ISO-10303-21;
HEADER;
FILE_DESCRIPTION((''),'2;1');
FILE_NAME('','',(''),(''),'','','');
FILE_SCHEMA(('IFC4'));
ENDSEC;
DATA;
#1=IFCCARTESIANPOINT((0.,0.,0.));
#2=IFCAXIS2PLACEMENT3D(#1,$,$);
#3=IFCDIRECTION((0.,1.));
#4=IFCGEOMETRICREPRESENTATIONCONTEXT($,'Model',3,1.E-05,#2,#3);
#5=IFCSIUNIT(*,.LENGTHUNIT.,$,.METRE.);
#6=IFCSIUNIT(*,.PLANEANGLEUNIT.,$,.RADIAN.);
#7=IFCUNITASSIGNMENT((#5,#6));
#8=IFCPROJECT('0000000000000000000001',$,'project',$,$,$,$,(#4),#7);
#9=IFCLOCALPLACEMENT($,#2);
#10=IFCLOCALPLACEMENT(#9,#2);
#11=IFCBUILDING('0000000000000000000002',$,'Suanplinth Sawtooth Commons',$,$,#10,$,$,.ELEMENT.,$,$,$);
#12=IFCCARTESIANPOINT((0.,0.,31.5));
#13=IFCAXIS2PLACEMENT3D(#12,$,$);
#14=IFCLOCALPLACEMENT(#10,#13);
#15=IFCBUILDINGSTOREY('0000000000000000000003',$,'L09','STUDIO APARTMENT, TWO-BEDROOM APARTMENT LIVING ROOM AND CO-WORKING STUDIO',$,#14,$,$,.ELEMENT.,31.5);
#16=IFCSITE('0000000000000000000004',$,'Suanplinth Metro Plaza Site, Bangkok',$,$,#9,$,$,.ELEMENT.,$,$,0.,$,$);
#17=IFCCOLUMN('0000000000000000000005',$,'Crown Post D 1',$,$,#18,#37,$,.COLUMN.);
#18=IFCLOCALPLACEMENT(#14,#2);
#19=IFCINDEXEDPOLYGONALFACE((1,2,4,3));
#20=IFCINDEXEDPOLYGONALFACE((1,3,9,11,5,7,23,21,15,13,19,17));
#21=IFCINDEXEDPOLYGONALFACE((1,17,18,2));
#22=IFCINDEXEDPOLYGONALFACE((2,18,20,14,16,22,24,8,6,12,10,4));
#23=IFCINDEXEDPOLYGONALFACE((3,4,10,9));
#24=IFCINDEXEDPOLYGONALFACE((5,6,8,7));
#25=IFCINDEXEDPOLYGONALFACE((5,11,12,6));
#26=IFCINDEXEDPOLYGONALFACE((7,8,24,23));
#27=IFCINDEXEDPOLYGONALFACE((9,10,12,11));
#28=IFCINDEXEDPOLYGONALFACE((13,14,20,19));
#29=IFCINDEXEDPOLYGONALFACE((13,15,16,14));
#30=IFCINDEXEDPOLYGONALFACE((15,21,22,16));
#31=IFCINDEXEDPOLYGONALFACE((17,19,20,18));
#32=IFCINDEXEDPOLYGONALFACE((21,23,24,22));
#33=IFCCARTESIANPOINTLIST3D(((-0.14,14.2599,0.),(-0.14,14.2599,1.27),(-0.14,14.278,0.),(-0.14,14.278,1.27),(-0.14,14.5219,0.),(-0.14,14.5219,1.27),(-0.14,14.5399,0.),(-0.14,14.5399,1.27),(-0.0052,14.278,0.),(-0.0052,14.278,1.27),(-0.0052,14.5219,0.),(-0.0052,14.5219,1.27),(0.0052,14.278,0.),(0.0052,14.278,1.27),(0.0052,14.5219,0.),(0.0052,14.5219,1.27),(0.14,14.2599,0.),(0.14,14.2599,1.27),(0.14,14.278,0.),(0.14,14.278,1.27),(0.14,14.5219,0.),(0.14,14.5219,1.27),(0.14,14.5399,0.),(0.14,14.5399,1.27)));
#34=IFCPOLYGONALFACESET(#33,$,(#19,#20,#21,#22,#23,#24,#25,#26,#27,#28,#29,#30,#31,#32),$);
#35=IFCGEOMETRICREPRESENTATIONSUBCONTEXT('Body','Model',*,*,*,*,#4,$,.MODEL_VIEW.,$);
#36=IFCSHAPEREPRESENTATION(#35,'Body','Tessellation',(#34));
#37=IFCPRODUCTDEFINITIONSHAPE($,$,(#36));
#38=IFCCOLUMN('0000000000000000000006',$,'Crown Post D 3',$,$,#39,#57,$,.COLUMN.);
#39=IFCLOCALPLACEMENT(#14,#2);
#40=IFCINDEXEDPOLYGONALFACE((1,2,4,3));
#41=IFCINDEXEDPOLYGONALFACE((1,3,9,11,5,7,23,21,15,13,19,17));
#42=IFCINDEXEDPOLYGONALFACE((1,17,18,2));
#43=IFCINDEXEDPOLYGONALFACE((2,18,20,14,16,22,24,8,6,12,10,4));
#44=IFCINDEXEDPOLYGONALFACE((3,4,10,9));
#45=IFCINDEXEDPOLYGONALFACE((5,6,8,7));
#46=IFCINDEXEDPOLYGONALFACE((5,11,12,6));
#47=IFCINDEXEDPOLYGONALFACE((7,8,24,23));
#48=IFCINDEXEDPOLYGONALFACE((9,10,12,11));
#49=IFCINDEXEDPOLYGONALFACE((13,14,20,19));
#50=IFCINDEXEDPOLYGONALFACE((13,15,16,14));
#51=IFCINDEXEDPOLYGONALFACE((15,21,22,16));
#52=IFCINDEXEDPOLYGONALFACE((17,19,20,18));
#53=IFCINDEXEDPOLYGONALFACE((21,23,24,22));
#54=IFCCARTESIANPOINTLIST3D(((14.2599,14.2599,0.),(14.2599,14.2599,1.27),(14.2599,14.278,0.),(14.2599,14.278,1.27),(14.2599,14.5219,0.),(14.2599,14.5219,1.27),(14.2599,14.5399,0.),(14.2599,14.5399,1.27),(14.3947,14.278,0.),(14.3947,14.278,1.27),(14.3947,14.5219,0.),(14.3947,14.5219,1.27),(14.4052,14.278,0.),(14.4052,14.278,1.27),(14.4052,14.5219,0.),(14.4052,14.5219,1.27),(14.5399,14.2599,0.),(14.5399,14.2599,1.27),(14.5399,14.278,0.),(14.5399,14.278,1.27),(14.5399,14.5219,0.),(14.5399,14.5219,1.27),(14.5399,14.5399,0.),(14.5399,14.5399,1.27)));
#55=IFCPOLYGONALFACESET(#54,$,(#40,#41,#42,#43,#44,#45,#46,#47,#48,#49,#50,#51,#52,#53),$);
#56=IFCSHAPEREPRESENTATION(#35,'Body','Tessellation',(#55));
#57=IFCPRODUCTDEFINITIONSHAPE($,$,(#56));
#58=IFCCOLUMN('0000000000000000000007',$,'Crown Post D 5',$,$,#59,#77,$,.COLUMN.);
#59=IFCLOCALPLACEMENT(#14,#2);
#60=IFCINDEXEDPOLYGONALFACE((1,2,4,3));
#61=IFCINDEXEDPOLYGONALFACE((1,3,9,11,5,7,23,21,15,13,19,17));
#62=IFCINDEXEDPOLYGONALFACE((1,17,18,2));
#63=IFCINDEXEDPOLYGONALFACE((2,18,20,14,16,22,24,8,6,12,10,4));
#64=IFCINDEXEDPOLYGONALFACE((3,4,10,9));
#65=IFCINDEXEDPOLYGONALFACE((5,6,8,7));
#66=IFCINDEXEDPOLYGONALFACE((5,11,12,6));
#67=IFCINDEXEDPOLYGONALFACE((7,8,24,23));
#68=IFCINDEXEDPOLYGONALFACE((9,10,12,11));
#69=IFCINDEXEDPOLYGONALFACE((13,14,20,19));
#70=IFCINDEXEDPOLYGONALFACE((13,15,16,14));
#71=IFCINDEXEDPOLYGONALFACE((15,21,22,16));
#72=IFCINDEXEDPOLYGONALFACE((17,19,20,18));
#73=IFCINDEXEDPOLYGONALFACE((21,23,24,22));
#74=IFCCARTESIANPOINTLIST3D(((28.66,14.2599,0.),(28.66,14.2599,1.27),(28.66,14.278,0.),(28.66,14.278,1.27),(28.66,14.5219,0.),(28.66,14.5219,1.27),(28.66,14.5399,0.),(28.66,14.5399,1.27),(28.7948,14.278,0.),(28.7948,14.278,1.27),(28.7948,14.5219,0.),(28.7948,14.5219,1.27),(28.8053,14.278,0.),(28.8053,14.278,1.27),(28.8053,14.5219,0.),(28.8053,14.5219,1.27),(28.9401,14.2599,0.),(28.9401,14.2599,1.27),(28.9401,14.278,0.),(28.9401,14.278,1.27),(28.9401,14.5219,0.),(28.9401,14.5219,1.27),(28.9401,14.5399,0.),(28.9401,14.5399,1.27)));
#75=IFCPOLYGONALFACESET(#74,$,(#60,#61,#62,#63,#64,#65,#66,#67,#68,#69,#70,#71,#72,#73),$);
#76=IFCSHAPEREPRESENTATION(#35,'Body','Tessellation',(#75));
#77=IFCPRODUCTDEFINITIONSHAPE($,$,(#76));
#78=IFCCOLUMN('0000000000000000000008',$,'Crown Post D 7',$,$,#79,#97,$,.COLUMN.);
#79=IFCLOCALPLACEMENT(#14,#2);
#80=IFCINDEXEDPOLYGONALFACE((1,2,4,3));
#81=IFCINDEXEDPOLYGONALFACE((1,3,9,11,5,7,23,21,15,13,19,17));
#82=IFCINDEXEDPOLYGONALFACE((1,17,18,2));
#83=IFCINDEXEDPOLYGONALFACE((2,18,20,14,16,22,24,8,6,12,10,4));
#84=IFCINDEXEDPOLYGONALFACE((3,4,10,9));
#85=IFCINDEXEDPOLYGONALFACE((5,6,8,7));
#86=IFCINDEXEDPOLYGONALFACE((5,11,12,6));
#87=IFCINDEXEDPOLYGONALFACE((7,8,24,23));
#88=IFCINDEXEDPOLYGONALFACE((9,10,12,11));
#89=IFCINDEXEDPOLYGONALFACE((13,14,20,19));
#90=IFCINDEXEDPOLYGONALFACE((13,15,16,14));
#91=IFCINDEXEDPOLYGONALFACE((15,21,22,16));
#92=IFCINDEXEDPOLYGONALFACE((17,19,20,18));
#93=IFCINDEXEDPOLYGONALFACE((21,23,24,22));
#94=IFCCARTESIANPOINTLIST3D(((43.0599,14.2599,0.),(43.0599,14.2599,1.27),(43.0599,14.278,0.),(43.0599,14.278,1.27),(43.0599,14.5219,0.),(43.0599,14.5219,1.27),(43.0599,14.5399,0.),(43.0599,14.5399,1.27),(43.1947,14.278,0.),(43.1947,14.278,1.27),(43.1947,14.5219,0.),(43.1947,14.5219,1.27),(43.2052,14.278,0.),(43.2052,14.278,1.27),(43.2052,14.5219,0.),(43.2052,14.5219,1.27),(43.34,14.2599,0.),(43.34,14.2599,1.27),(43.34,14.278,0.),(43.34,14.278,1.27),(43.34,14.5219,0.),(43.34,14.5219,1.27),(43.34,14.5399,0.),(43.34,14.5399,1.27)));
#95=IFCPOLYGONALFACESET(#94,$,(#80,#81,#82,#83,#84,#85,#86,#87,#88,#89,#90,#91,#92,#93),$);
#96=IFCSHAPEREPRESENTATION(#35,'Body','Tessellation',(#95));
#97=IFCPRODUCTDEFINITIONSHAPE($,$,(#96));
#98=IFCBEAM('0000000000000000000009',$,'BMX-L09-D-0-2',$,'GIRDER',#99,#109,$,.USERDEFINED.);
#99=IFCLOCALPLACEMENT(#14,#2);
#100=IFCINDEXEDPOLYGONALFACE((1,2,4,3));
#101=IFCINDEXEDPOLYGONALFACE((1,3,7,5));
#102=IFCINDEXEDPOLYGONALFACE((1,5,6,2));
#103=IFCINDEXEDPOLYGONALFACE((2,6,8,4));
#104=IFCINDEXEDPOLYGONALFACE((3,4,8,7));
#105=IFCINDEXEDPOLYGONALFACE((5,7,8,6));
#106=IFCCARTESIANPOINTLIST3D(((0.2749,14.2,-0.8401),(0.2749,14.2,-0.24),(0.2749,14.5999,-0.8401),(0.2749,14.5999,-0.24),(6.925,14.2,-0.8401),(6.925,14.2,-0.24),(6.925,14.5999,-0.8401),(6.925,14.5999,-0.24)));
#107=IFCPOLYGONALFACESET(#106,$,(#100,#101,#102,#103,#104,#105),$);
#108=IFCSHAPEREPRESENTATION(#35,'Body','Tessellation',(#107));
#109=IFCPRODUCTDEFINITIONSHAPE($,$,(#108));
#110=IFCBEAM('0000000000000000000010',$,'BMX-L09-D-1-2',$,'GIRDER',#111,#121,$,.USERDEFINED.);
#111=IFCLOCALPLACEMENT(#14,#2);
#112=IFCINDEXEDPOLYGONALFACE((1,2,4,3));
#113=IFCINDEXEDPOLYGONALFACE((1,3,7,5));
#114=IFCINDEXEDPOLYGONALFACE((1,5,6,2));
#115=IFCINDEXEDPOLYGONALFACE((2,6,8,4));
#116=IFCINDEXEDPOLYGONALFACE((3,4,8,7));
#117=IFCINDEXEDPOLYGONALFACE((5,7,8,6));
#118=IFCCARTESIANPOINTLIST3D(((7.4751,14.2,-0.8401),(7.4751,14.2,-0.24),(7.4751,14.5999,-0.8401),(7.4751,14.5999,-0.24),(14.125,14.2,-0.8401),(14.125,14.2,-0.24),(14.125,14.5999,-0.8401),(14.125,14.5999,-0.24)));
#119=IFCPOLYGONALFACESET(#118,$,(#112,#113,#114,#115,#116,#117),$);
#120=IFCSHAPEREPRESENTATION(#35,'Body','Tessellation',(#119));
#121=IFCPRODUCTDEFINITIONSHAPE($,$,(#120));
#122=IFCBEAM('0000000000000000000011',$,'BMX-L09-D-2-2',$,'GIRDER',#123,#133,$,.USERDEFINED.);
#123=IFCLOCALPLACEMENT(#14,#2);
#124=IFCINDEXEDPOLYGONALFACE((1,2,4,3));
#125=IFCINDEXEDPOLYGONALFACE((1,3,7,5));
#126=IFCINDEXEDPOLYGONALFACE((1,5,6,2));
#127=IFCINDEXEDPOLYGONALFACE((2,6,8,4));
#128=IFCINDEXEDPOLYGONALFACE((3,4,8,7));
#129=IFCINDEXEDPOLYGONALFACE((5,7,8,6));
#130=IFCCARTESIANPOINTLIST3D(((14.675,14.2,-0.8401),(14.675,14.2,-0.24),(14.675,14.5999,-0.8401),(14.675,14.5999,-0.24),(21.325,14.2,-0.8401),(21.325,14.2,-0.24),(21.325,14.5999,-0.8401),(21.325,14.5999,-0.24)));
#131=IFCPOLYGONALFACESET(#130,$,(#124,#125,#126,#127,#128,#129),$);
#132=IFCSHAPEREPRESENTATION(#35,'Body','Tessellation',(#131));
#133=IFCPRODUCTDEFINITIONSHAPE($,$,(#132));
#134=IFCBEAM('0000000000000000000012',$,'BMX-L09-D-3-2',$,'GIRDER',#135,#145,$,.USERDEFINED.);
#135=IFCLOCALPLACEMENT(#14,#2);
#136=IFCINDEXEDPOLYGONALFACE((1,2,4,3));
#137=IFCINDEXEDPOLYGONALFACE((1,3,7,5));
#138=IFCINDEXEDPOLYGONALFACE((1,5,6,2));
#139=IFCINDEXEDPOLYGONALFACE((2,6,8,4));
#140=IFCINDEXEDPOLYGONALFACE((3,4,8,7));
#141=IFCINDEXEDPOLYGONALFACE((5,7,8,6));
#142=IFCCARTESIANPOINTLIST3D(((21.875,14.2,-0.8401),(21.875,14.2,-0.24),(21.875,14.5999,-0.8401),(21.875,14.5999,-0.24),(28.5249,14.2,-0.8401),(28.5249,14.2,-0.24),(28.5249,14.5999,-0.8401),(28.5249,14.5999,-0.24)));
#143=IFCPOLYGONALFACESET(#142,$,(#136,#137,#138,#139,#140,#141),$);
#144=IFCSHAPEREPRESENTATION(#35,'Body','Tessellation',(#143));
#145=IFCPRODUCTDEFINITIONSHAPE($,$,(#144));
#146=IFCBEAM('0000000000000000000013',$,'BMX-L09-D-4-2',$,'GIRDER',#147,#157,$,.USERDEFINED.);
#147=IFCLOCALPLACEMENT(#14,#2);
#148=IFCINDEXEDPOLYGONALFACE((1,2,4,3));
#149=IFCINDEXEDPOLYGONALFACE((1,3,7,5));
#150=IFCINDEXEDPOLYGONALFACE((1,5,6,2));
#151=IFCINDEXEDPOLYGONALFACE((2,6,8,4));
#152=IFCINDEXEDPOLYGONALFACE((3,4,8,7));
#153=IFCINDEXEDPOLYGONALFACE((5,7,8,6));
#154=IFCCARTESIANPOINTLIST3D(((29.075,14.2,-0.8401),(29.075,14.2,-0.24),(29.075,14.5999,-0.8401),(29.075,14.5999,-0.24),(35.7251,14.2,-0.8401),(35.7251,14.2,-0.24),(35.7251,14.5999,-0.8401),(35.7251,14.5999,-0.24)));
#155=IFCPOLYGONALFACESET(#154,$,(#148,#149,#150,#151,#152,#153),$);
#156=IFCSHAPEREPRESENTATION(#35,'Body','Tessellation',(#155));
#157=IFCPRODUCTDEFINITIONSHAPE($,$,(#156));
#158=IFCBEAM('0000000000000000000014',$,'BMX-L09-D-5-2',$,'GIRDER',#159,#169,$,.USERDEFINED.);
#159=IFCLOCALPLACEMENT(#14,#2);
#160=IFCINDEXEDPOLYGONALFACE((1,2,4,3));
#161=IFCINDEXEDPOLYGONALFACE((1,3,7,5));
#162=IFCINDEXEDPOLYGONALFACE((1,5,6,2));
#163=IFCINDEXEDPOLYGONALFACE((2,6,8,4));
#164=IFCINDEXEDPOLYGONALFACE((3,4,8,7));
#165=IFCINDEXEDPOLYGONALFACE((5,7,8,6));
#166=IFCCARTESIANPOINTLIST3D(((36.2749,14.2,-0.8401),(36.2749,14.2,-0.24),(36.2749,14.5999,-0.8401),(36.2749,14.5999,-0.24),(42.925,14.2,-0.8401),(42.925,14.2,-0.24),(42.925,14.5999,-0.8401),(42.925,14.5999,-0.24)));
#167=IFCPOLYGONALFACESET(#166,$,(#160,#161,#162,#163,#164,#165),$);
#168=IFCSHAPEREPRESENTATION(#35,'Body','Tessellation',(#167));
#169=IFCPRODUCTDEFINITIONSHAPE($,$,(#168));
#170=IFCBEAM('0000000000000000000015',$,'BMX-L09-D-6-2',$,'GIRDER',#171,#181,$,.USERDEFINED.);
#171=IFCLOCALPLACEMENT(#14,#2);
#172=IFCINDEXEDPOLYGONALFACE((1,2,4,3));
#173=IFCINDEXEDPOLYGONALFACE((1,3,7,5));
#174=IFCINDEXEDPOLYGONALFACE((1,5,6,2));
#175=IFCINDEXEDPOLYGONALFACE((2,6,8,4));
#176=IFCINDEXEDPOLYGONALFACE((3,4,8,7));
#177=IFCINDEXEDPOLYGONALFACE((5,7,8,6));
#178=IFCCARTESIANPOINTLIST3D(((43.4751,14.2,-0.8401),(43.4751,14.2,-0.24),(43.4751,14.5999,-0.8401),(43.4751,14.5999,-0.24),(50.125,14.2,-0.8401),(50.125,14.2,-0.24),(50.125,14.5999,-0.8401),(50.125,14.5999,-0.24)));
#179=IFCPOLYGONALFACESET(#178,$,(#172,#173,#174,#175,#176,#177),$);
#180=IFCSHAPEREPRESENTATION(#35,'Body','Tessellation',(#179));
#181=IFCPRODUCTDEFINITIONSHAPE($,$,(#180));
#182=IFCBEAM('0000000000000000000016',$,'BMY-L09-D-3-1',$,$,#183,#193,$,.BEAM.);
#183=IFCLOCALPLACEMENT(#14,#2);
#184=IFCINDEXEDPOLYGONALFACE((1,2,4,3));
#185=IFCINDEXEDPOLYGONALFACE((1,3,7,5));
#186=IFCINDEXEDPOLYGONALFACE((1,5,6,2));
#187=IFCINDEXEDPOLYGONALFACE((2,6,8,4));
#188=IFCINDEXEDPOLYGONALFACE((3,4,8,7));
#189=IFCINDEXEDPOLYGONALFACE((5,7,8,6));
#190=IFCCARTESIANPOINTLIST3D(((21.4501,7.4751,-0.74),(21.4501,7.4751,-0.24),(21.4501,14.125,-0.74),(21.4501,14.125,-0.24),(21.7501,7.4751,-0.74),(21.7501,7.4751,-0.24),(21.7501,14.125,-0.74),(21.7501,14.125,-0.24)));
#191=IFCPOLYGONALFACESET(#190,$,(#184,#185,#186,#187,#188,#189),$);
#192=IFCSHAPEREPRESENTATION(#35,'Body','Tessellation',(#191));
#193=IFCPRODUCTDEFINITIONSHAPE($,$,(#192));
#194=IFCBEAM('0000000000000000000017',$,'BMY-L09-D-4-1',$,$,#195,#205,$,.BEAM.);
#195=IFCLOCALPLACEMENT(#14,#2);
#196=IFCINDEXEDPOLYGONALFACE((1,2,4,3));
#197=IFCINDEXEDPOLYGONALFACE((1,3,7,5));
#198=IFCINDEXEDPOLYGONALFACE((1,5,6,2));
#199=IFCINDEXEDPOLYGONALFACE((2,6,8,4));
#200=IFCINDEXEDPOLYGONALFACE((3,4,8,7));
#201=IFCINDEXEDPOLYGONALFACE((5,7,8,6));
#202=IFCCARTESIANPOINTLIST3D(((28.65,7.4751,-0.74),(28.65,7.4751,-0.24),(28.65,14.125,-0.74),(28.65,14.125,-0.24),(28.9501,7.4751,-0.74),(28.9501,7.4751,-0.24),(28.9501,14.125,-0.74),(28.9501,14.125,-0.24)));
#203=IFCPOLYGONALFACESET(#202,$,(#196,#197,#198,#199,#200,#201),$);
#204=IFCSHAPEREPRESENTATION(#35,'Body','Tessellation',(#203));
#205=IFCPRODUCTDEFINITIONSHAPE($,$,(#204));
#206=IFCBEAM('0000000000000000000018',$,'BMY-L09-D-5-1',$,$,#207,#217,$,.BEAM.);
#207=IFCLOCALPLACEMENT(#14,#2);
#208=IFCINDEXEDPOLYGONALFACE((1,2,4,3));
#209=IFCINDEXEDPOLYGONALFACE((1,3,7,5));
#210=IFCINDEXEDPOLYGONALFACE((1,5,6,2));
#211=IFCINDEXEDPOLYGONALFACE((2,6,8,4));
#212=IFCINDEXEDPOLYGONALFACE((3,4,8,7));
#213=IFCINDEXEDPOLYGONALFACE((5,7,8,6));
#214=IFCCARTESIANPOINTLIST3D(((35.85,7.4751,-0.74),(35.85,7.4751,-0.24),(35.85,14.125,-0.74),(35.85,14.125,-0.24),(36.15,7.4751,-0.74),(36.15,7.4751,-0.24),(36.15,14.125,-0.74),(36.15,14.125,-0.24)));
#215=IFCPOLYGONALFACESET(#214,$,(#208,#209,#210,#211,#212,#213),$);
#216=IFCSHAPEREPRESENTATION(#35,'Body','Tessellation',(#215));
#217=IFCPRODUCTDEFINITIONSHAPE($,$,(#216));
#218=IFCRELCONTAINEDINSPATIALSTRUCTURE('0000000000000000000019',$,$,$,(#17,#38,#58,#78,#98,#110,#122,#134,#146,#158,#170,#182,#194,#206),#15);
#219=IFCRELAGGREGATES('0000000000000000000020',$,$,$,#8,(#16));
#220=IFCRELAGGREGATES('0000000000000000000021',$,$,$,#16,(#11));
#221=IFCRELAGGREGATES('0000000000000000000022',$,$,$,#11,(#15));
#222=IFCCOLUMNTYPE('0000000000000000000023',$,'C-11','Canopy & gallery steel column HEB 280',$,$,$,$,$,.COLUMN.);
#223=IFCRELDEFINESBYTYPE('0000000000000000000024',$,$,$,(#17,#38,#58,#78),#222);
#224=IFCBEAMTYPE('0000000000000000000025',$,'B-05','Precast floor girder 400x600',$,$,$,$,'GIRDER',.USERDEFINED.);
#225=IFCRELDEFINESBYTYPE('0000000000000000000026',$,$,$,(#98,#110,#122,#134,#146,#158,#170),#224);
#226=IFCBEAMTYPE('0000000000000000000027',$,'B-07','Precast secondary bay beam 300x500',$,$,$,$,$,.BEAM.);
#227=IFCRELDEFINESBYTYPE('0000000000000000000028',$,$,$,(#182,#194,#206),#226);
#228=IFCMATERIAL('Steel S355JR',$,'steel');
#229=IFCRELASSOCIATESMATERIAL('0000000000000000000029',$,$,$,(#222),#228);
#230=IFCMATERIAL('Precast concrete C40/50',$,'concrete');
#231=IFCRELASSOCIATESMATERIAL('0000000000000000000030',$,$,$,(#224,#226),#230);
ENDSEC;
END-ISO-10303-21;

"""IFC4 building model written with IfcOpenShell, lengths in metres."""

from ifc_helpers import new_model, si_unit, direction, frame, origin, origin_2d, place, context, subcontext, project, spatial, rectangle, i_section, extrude, material, material_profile, profile_set, type_object, element, save


model = new_model("IFC4")

# Units and contexts
model_context = context("Model", 3, precision=1e-05, world=origin(), true_north=direction((0.0, 1.0)))
body_context = subcontext(model_context, "Body", "Model", "MODEL_VIEW")
ifc_project = project(units=[si_unit("LENGTHUNIT", "METRE"), si_unit("PLANEANGLEUNIT", "RADIAN")], contexts=[model_context])

# Site, building, storey
site_placement = place(None, origin())
site = spatial("IfcSite", under=ifc_project, at=site_placement, Name="Suanplinth Metro Plaza Site, Bangkok", CompositionType="ELEMENT", RefElevation=0.0)
building_placement = place(site_placement, origin())
building = spatial("IfcBuilding", under=site, at=building_placement, Name="Suanplinth Sawtooth Commons", CompositionType="ELEMENT")
storey_placement = place(building_placement, frame((0.0, 0.0, 31.5)))
storey = spatial("IfcBuildingStorey", under=building, at=storey_placement, Name="L09", Description="STUDIO APARTMENT, TWO-BEDROOM APARTMENT LIVING ROOM AND CO-WORKING STUDIO", CompositionType="ELEMENT", Elevation=31.5)

# Columns
ifc_material_1 = material(Name="Steel S355JR", Category="steel")
ifc_material_profile_1 = material_profile(ifc_material_1, i_section(OverallWidth=0.28, OverallDepth=0.28, WebThickness=0.0105, FlangeThickness=0.0181, at=origin_2d()), Name="HEB 280")
ifc_profile_set_1 = profile_set([ifc_material_profile_1], Name="Steel S355JR")
column_type = type_object("IfcColumnType", Name="C-11", Description="Canopy & gallery steel column HEB 280", PredefinedType="COLUMN", material=ifc_profile_set_1)
for number, where, z_axis, x_axis, name in (
    (1, (0.0, 14.3999, 0.0), (0.0, 0.0, 1.0), (1.0, 0.0, 0.0), "Crown Post D 1"),
    (2, (14.3999, 14.3999, 0.0), (0.0, 0.0, 1.0), (1.0, 0.0, 0.0), "Crown Post D 3"),
    (3, (28.8, 14.3999, 0.0), (0.0, 0.0, 1.0), (1.0, 0.0, 0.0), "Crown Post D 5"),
    (4, (43.2, 14.3999, 0.0), (0.0, 0.0, 1.0), (1.0, 0.0, 0.0), "Crown Post D 7"),
):
    element("IfcColumn", number, at=place(storey_placement, frame(where, z_axis=z_axis, x_axis=x_axis)), inside=storey, type_object=column_type, Name=name, PredefinedType="COLUMN", context=body_context, shape_type="SweptSolid", body=[
        extrude(i_section(OverallWidth=0.28, OverallDepth=0.28, WebThickness=0.0105, FlangeThickness=0.0181, at=origin_2d()), origin(), (0.0, 0.0, 1.0), 1.27),
    ])

# Beams
ifc_material_2 = material(Name="Precast concrete C40/50", Category="concrete")
ifc_material_profile_2 = material_profile(ifc_material_2, rectangle(XDim=0.3999, YDim=0.6001, at=origin_2d()), Name="PC-GDR 400x600")
ifc_profile_set_2 = profile_set([ifc_material_profile_2], Name="Precast concrete C40/50")
beam_type_1 = type_object("IfcBeamType", Name="B-05", Description="Precast floor girder 400x600", ElementType="GIRDER", PredefinedType="USERDEFINED", material=ifc_profile_set_2)
beam_1_placement = place(storey_placement, frame((0.2749, 14.3999, -0.54), z_axis=(1.0, 0.0, 0.0), x_axis=(0.0, 1.0, 0.0)))
element("IfcBeam", 5, at=beam_1_placement, inside=storey, type_object=beam_type_1, Name="BMX-L09-D-0-2", ObjectType="GIRDER", PredefinedType="USERDEFINED", context=body_context, shape_type="SweptSolid", body=[
    extrude(rectangle(XDim=0.3999, YDim=0.6001, at=origin_2d()), origin(), (0.0, 0.0, 1.0), 6.6501),
])
for number, where, z_axis, x_axis, name in (
    (6, (7.4751, 14.3999, -0.54), (1.0, 0.0, 0.0), (0.0, 1.0, 0.0), "BMX-L09-D-1-2"),
    (7, (14.675, 14.3999, -0.54), (1.0, 0.0, 0.0), (0.0, 1.0, 0.0), "BMX-L09-D-2-2"),
    (8, (21.875, 14.3999, -0.54), (1.0, 0.0, 0.0), (0.0, 1.0, 0.0), "BMX-L09-D-3-2"),
):
    element("IfcBeam", number, at=place(storey_placement, frame(where, z_axis=z_axis, x_axis=x_axis)), inside=storey, type_object=beam_type_1, Name=name, ObjectType="GIRDER", PredefinedType="USERDEFINED", context=body_context, shape_type="SweptSolid", body=[
        extrude(rectangle(XDim=0.3999, YDim=0.6001, at=origin_2d()), origin(), (0.0, 0.0, 1.0), 6.6499),
    ])
for number, where, z_axis, x_axis, name in (
    (9, (29.075, 14.3999, -0.54), (1.0, 0.0, 0.0), (0.0, 1.0, 0.0), "BMX-L09-D-4-2"),
    (10, (36.2749, 14.3999, -0.54), (1.0, 0.0, 0.0), (0.0, 1.0, 0.0), "BMX-L09-D-5-2"),
):
    element("IfcBeam", number, at=place(storey_placement, frame(where, z_axis=z_axis, x_axis=x_axis)), inside=storey, type_object=beam_type_1, Name=name, ObjectType="GIRDER", PredefinedType="USERDEFINED", context=body_context, shape_type="SweptSolid", body=[
        extrude(rectangle(XDim=0.3999, YDim=0.6001, at=origin_2d()), origin(), (0.0, 0.0, 1.0), 6.6501),
    ])
beam_2_placement = place(storey_placement, frame((43.4751, 14.3999, -0.54), z_axis=(1.0, 0.0, 0.0), x_axis=(0.0, 1.0, 0.0)))
element("IfcBeam", 11, at=beam_2_placement, inside=storey, type_object=beam_type_1, Name="BMX-L09-D-6-2", ObjectType="GIRDER", PredefinedType="USERDEFINED", context=body_context, shape_type="SweptSolid", body=[
    extrude(rectangle(XDim=0.3999, YDim=0.6001, at=origin_2d()), origin(), (0.0, 0.0, 1.0), 6.6499),
])
ifc_material_profile_3 = material_profile(ifc_material_2, rectangle(XDim=0.3, YDim=0.5, at=origin_2d()), Name="PC-BM 300x500")
ifc_profile_set_3 = profile_set([ifc_material_profile_3], Name="Precast concrete C40/50")
beam_type_2 = type_object("IfcBeamType", Name="B-07", Description="Precast secondary bay beam 300x500", PredefinedType="BEAM", material=ifc_profile_set_3)
for number, where, z_axis, x_axis, name in (
    (12, (21.6001, 7.4751, -0.49), (0.0, 1.0, 0.0), (-1.0, 0.0, 0.0), "BMY-L09-D-3-1"),
    (13, (28.8, 7.4751, -0.49), (0.0, 1.0, 0.0), (-1.0, 0.0, 0.0), "BMY-L09-D-4-1"),
    (14, (36.0, 7.4751, -0.49), (0.0, 1.0, 0.0), (-1.0, 0.0, 0.0), "BMY-L09-D-5-1"),
):
    element("IfcBeam", number, at=place(storey_placement, frame(where, z_axis=z_axis, x_axis=x_axis)), inside=storey, type_object=beam_type_2, Name=name, PredefinedType="BEAM", context=body_context, shape_type="SweptSolid", body=[
        extrude(rectangle(XDim=0.3, YDim=0.5, at=origin_2d()), origin(), (0.0, 0.0, 1.0), 6.6499),
    ])

save(model, "model.ifc")
